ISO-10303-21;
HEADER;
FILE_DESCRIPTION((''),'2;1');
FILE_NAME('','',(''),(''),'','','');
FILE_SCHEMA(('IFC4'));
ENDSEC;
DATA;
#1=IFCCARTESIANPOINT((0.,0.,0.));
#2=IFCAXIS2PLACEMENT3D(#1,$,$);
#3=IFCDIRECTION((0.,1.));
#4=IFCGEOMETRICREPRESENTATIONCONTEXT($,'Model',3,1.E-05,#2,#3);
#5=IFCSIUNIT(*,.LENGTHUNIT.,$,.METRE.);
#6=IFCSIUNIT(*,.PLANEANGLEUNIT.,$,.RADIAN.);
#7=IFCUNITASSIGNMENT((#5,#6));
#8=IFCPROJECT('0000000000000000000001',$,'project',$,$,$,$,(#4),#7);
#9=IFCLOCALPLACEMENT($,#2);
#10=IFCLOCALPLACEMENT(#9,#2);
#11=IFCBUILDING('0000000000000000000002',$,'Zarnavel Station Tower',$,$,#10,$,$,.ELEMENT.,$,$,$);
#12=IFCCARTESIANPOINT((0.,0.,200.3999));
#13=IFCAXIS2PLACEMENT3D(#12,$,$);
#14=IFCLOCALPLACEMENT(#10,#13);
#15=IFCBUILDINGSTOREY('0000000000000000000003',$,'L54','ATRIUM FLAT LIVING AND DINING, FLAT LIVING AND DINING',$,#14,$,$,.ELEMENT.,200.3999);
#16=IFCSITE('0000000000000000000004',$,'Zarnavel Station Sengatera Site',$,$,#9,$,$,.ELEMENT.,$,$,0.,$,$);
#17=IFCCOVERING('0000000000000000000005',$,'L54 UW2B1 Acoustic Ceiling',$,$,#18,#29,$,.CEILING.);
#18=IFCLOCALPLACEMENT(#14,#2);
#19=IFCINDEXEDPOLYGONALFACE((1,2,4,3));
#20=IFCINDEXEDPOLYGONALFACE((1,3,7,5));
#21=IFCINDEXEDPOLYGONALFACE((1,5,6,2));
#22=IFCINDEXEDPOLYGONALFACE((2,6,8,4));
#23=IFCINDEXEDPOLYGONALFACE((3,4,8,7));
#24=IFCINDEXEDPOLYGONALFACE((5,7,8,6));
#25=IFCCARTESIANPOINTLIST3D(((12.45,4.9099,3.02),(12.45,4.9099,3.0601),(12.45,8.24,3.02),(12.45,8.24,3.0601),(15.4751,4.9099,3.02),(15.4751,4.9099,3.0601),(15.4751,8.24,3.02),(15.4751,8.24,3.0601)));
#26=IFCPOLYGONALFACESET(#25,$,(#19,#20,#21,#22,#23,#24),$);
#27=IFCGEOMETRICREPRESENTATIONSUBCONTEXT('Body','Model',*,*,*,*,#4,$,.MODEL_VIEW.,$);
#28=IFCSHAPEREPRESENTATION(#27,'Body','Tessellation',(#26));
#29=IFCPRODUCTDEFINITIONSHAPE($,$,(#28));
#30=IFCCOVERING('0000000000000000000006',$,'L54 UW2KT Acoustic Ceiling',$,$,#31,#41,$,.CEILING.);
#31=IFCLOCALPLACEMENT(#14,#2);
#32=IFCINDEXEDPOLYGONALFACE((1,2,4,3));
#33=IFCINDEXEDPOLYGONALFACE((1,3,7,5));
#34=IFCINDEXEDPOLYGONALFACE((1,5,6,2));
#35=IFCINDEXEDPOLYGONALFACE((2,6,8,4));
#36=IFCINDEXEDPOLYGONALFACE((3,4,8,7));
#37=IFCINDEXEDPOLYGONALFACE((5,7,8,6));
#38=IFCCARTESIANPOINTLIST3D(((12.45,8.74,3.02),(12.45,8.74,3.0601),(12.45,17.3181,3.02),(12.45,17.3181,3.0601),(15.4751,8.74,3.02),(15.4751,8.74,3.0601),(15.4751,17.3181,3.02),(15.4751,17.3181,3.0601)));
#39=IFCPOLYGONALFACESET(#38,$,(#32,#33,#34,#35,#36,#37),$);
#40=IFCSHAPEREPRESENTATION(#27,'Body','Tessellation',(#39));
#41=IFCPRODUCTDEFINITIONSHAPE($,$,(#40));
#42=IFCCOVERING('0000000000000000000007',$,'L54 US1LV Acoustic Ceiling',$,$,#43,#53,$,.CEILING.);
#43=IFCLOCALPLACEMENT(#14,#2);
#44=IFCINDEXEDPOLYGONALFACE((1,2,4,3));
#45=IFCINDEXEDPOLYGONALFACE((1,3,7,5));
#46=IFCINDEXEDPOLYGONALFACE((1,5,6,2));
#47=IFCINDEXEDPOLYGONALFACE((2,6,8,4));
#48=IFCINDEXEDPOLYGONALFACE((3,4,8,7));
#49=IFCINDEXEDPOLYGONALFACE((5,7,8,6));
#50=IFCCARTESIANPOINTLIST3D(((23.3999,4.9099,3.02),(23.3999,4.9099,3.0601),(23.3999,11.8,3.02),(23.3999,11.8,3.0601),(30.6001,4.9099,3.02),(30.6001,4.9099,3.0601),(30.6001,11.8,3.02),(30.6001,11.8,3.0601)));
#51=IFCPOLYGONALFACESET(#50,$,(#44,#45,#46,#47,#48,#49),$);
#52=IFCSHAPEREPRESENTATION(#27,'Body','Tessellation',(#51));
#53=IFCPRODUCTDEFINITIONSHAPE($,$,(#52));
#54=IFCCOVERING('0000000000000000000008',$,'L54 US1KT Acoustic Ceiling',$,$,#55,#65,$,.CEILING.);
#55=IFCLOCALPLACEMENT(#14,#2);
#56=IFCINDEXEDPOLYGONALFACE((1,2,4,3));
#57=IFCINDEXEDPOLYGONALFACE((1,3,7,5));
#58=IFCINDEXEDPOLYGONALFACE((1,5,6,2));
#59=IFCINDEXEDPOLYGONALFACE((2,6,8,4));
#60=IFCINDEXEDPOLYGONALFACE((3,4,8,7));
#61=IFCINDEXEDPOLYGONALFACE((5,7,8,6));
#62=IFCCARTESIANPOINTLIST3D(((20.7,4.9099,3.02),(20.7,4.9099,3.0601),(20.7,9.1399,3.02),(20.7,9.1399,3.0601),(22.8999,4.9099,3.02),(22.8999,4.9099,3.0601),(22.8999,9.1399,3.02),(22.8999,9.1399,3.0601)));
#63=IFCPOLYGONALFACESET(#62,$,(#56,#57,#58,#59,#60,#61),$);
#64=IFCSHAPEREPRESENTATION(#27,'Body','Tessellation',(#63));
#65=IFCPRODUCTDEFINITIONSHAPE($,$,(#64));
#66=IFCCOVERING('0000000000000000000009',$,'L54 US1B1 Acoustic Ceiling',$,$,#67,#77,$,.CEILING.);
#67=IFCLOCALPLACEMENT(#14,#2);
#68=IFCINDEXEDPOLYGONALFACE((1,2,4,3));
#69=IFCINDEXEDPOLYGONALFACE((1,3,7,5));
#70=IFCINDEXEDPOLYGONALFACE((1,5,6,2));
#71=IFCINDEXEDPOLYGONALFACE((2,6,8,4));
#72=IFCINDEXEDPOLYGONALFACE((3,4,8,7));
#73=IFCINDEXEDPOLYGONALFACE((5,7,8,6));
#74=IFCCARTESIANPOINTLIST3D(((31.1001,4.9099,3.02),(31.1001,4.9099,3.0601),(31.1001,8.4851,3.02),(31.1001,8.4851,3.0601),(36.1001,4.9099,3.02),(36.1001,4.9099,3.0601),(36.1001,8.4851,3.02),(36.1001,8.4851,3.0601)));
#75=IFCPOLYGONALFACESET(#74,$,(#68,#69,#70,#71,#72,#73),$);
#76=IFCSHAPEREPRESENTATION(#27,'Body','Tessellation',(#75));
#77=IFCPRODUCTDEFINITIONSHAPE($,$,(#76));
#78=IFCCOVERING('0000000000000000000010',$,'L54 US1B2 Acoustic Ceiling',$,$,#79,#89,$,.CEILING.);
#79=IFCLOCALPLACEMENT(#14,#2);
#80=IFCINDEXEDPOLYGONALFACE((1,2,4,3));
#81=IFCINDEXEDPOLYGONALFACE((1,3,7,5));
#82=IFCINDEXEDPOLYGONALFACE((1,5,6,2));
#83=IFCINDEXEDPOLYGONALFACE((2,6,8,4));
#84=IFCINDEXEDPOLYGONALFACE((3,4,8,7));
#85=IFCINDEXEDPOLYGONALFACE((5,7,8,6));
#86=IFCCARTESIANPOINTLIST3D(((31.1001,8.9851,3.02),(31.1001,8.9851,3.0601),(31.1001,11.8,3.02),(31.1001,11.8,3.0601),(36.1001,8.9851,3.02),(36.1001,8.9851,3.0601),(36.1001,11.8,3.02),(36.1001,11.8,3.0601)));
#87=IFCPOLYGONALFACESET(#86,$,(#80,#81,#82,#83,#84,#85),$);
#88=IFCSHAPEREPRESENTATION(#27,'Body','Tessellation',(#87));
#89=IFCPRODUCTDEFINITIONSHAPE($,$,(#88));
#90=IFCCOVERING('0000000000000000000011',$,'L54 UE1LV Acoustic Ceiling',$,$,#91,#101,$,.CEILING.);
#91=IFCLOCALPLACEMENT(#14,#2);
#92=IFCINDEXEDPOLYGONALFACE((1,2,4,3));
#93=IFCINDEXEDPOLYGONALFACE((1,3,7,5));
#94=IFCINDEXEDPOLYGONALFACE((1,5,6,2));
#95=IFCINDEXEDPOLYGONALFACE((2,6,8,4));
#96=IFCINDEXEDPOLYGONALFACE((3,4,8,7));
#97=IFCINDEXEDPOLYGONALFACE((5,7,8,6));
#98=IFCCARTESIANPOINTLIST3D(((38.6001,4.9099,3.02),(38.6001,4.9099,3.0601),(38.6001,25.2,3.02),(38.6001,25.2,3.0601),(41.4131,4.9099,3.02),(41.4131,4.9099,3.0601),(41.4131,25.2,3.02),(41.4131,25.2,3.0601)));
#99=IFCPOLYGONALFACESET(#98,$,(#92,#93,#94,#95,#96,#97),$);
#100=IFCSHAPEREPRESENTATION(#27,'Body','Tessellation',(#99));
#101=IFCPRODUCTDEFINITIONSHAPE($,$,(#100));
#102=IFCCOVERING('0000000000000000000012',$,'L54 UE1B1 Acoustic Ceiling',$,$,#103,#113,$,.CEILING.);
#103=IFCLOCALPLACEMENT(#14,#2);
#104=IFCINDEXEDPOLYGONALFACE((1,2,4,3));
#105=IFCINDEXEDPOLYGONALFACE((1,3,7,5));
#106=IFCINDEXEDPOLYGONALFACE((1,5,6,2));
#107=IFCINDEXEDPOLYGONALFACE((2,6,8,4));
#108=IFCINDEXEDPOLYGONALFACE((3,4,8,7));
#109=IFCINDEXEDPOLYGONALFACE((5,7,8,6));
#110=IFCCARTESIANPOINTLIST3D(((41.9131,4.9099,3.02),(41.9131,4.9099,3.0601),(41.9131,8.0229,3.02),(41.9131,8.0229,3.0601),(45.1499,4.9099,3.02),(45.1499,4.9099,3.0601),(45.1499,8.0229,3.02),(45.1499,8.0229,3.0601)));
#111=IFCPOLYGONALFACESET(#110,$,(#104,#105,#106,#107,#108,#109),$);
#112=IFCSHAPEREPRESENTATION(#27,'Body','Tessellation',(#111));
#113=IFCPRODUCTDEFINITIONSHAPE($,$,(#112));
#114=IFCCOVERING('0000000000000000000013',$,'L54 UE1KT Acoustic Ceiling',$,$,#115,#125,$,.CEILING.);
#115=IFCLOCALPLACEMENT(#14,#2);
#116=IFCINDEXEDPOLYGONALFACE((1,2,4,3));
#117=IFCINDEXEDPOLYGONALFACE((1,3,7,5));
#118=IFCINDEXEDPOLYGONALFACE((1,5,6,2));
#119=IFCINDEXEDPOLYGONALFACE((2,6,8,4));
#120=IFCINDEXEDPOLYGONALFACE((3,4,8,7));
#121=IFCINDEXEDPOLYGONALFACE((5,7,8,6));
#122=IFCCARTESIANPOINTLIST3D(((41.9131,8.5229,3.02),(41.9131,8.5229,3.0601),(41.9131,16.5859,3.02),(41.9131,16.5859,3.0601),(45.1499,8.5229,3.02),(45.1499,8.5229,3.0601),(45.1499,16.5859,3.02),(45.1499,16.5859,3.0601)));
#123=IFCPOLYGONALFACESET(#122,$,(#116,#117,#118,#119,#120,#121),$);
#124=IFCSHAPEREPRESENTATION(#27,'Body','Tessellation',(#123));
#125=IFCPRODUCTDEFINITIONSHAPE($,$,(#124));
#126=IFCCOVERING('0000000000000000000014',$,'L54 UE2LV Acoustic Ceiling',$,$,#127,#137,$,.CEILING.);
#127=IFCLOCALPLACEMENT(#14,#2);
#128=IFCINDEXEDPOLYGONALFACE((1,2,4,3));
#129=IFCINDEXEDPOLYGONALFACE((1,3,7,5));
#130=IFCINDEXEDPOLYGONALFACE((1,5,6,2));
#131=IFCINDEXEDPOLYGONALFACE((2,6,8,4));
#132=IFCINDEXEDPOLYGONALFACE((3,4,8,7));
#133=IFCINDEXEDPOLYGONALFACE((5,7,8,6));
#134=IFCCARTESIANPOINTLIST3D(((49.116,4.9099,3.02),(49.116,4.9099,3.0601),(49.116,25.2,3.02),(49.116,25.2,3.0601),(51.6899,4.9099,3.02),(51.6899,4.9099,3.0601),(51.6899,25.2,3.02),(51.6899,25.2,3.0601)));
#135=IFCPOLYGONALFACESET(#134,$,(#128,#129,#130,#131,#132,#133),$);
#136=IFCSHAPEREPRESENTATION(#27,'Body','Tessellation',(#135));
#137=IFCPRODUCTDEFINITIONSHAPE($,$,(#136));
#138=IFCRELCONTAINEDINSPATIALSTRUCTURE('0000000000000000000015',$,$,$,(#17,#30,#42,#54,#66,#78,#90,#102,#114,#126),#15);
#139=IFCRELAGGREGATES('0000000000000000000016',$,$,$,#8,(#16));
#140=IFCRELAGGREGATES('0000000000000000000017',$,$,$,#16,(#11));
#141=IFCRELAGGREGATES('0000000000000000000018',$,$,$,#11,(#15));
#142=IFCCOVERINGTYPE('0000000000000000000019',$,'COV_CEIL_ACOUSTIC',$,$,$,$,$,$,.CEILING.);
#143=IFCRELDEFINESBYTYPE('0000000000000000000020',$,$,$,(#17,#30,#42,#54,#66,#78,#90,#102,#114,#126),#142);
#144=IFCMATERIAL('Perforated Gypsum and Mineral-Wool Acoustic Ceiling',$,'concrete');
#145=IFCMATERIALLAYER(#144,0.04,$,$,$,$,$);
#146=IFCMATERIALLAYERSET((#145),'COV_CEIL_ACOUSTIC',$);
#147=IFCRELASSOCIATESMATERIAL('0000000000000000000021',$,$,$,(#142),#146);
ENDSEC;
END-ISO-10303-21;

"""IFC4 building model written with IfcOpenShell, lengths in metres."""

from ifc_helpers import new_model, si_unit, direction, frame, origin, place, context, subcontext, project, spatial, polyline, outline, extrude, material, layer, layer_set, type_object, element, save


model = new_model("IFC4")

# Units and contexts
model_context = context("Model", 3, precision=1e-05, world=origin(), true_north=direction((0.0, 1.0)))
body_context = subcontext(model_context, "Body", "Model", "MODEL_VIEW")
ifc_project = project(units=[si_unit("LENGTHUNIT", "METRE"), si_unit("PLANEANGLEUNIT", "RADIAN")], contexts=[model_context])

# Site, building, storey
site_placement = place(None, origin())
site = spatial("IfcSite", under=ifc_project, at=site_placement, Name="Zarnavel Station Sengatera Site", CompositionType="ELEMENT", RefElevation=0.0)
building_placement = place(site_placement, origin())
building = spatial("IfcBuilding", under=site, at=building_placement, Name="Zarnavel Station Tower", CompositionType="ELEMENT")
storey_placement = place(building_placement, frame((0.0, 0.0, 200.3999)))
storey = spatial("IfcBuildingStorey", under=building, at=storey_placement, Name="L54", Description="ATRIUM FLAT LIVING AND DINING, FLAT LIVING AND DINING", CompositionType="ELEMENT", Elevation=200.3999)

# Coverings
ifc_material_1 = material(Name="Perforated Gypsum and Mineral-Wool Acoustic Ceiling", Category="concrete")
ifc_layer_1 = layer(ifc_material_1, 0.04)
ifc_layer_set_1 = layer_set([ifc_layer_1], Name="COV_CEIL_ACOUSTIC")
covering_type_1 = type_object("IfcCoveringType", Name="COV_CEIL_ACOUSTIC", PredefinedType="CEILING", material=ifc_layer_set_1)
covering_1_placement = place(storey_placement, frame((0.0, 0.0, 3.02)))
element("IfcCovering", 1, at=covering_1_placement, inside=storey, type_object=covering_type_1, Name="L54 UW2B1 Acoustic Ceiling", PredefinedType="CEILING", context=body_context, shape_type="SweptSolid", body=[
    extrude(outline(polyline([(12.45, 4.9099), (15.4751, 4.9099), (15.4751, 8.24), (12.45, 8.24), (12.45, 4.9099)])), origin(), (0.0, 0.0, 1.0), 0.04),
])
covering_2_placement = place(storey_placement, frame((0.0, 0.0, 3.02)))
element("IfcCovering", 2, at=covering_2_placement, inside=storey, type_object=covering_type_1, Name="L54 UW2KT Acoustic Ceiling", PredefinedType="CEILING", context=body_context, shape_type="SweptSolid", body=[
    extrude(outline(polyline([(12.45, 8.74), (15.4751, 8.74), (15.4751, 17.3181), (12.45, 17.3181), (12.45, 8.74)])), origin(), (0.0, 0.0, 1.0), 0.04),
])
covering_3_placement = place(storey_placement, frame((0.0, 0.0, 3.02)))
element("IfcCovering", 3, at=covering_3_placement, inside=storey, type_object=covering_type_1, Name="L54 US1LV Acoustic Ceiling", PredefinedType="CEILING", context=body_context, shape_type="SweptSolid", body=[
    extrude(outline(polyline([(23.3999, 4.9099), (30.6001, 4.9099), (30.6001, 11.8), (23.3999, 11.8), (23.3999, 4.9099)])), origin(), (0.0, 0.0, 1.0), 0.04),
])
covering_4_placement = place(storey_placement, frame((0.0, 0.0, 3.02)))
element("IfcCovering", 4, at=covering_4_placement, inside=storey, type_object=covering_type_1, Name="L54 US1KT Acoustic Ceiling", PredefinedType="CEILING", context=body_context, shape_type="SweptSolid", body=[
    extrude(outline(polyline([(20.7, 4.9099), (22.8999, 4.9099), (22.8999, 9.1399), (20.7, 9.1399), (20.7, 4.9099)])), origin(), (0.0, 0.0, 1.0), 0.04),
])
covering_5_placement = place(storey_placement, frame((0.0, 0.0, 3.02)))
element("IfcCovering", 5, at=covering_5_placement, inside=storey, type_object=covering_type_1, Name="L54 US1B1 Acoustic Ceiling", PredefinedType="CEILING", context=body_context, shape_type="SweptSolid", body=[
    extrude(outline(polyline([(31.1001, 4.9099), (36.1001, 4.9099), (36.1001, 8.4851), (31.1001, 8.4851), (31.1001, 4.9099)])), origin(), (0.0, 0.0, 1.0), 0.04),
])
covering_6_placement = place(storey_placement, frame((0.0, 0.0, 3.02)))
element("IfcCovering", 6, at=covering_6_placement, inside=storey, type_object=covering_type_1, Name="L54 US1B2 Acoustic Ceiling", PredefinedType="CEILING", context=body_context, shape_type="SweptSolid", body=[
    extrude(outline(polyline([(31.1001, 8.9851), (36.1001, 8.9851), (36.1001, 11.8), (31.1001, 11.8), (31.1001, 8.9851)])), origin(), (0.0, 0.0, 1.0), 0.04),
])
covering_7_placement = place(storey_placement, frame((0.0, 0.0, 3.02)))
element("IfcCovering", 7, at=covering_7_placement, inside=storey, type_object=covering_type_1, Name="L54 UE1LV Acoustic Ceiling", PredefinedType="CEILING", context=body_context, shape_type="SweptSolid", body=[
    extrude(outline(polyline([(38.6001, 4.9099), (41.4131, 4.9099), (41.4131, 25.2), (38.6001, 25.2), (38.6001, 4.9099)])), origin(), (0.0, 0.0, 1.0), 0.04),
])
covering_8_placement = place(storey_placement, frame((0.0, 0.0, 3.02)))
element("IfcCovering", 8, at=covering_8_placement, inside=storey, type_object=covering_type_1, Name="L54 UE1B1 Acoustic Ceiling", PredefinedType="CEILING", context=body_context, shape_type="SweptSolid", body=[
    extrude(outline(polyline([(41.9131, 4.9099), (45.1499, 4.9099), (45.1499, 8.0229), (41.9131, 8.0229), (41.9131, 4.9099)])), origin(), (0.0, 0.0, 1.0), 0.04),
])
covering_9_placement = place(storey_placement, frame((0.0, 0.0, 3.02)))
element("IfcCovering", 9, at=covering_9_placement, inside=storey, type_object=covering_type_1, Name="L54 UE1KT Acoustic Ceiling", PredefinedType="CEILING", context=body_context, shape_type="SweptSolid", body=[
    extrude(outline(polyline([(41.9131, 8.5229), (45.1499, 8.5229), (45.1499, 16.5859), (41.9131, 16.5859), (41.9131, 8.5229)])), origin(), (0.0, 0.0, 1.0), 0.04),
])
covering_10_placement = place(storey_placement, frame((0.0, 0.0, 3.02)))
element("IfcCovering", 10, at=covering_10_placement, inside=storey, type_object=covering_type_1, Name="L54 UE2LV Acoustic Ceiling", PredefinedType="CEILING", context=body_context, shape_type="SweptSolid", body=[
    extrude(outline(polyline([(49.116, 4.9099), (51.6899, 4.9099), (51.6899, 25.2), (49.116, 25.2), (49.116, 4.9099)])), origin(), (0.0, 0.0, 1.0), 0.04),
])

save(model, "model.ifc")
